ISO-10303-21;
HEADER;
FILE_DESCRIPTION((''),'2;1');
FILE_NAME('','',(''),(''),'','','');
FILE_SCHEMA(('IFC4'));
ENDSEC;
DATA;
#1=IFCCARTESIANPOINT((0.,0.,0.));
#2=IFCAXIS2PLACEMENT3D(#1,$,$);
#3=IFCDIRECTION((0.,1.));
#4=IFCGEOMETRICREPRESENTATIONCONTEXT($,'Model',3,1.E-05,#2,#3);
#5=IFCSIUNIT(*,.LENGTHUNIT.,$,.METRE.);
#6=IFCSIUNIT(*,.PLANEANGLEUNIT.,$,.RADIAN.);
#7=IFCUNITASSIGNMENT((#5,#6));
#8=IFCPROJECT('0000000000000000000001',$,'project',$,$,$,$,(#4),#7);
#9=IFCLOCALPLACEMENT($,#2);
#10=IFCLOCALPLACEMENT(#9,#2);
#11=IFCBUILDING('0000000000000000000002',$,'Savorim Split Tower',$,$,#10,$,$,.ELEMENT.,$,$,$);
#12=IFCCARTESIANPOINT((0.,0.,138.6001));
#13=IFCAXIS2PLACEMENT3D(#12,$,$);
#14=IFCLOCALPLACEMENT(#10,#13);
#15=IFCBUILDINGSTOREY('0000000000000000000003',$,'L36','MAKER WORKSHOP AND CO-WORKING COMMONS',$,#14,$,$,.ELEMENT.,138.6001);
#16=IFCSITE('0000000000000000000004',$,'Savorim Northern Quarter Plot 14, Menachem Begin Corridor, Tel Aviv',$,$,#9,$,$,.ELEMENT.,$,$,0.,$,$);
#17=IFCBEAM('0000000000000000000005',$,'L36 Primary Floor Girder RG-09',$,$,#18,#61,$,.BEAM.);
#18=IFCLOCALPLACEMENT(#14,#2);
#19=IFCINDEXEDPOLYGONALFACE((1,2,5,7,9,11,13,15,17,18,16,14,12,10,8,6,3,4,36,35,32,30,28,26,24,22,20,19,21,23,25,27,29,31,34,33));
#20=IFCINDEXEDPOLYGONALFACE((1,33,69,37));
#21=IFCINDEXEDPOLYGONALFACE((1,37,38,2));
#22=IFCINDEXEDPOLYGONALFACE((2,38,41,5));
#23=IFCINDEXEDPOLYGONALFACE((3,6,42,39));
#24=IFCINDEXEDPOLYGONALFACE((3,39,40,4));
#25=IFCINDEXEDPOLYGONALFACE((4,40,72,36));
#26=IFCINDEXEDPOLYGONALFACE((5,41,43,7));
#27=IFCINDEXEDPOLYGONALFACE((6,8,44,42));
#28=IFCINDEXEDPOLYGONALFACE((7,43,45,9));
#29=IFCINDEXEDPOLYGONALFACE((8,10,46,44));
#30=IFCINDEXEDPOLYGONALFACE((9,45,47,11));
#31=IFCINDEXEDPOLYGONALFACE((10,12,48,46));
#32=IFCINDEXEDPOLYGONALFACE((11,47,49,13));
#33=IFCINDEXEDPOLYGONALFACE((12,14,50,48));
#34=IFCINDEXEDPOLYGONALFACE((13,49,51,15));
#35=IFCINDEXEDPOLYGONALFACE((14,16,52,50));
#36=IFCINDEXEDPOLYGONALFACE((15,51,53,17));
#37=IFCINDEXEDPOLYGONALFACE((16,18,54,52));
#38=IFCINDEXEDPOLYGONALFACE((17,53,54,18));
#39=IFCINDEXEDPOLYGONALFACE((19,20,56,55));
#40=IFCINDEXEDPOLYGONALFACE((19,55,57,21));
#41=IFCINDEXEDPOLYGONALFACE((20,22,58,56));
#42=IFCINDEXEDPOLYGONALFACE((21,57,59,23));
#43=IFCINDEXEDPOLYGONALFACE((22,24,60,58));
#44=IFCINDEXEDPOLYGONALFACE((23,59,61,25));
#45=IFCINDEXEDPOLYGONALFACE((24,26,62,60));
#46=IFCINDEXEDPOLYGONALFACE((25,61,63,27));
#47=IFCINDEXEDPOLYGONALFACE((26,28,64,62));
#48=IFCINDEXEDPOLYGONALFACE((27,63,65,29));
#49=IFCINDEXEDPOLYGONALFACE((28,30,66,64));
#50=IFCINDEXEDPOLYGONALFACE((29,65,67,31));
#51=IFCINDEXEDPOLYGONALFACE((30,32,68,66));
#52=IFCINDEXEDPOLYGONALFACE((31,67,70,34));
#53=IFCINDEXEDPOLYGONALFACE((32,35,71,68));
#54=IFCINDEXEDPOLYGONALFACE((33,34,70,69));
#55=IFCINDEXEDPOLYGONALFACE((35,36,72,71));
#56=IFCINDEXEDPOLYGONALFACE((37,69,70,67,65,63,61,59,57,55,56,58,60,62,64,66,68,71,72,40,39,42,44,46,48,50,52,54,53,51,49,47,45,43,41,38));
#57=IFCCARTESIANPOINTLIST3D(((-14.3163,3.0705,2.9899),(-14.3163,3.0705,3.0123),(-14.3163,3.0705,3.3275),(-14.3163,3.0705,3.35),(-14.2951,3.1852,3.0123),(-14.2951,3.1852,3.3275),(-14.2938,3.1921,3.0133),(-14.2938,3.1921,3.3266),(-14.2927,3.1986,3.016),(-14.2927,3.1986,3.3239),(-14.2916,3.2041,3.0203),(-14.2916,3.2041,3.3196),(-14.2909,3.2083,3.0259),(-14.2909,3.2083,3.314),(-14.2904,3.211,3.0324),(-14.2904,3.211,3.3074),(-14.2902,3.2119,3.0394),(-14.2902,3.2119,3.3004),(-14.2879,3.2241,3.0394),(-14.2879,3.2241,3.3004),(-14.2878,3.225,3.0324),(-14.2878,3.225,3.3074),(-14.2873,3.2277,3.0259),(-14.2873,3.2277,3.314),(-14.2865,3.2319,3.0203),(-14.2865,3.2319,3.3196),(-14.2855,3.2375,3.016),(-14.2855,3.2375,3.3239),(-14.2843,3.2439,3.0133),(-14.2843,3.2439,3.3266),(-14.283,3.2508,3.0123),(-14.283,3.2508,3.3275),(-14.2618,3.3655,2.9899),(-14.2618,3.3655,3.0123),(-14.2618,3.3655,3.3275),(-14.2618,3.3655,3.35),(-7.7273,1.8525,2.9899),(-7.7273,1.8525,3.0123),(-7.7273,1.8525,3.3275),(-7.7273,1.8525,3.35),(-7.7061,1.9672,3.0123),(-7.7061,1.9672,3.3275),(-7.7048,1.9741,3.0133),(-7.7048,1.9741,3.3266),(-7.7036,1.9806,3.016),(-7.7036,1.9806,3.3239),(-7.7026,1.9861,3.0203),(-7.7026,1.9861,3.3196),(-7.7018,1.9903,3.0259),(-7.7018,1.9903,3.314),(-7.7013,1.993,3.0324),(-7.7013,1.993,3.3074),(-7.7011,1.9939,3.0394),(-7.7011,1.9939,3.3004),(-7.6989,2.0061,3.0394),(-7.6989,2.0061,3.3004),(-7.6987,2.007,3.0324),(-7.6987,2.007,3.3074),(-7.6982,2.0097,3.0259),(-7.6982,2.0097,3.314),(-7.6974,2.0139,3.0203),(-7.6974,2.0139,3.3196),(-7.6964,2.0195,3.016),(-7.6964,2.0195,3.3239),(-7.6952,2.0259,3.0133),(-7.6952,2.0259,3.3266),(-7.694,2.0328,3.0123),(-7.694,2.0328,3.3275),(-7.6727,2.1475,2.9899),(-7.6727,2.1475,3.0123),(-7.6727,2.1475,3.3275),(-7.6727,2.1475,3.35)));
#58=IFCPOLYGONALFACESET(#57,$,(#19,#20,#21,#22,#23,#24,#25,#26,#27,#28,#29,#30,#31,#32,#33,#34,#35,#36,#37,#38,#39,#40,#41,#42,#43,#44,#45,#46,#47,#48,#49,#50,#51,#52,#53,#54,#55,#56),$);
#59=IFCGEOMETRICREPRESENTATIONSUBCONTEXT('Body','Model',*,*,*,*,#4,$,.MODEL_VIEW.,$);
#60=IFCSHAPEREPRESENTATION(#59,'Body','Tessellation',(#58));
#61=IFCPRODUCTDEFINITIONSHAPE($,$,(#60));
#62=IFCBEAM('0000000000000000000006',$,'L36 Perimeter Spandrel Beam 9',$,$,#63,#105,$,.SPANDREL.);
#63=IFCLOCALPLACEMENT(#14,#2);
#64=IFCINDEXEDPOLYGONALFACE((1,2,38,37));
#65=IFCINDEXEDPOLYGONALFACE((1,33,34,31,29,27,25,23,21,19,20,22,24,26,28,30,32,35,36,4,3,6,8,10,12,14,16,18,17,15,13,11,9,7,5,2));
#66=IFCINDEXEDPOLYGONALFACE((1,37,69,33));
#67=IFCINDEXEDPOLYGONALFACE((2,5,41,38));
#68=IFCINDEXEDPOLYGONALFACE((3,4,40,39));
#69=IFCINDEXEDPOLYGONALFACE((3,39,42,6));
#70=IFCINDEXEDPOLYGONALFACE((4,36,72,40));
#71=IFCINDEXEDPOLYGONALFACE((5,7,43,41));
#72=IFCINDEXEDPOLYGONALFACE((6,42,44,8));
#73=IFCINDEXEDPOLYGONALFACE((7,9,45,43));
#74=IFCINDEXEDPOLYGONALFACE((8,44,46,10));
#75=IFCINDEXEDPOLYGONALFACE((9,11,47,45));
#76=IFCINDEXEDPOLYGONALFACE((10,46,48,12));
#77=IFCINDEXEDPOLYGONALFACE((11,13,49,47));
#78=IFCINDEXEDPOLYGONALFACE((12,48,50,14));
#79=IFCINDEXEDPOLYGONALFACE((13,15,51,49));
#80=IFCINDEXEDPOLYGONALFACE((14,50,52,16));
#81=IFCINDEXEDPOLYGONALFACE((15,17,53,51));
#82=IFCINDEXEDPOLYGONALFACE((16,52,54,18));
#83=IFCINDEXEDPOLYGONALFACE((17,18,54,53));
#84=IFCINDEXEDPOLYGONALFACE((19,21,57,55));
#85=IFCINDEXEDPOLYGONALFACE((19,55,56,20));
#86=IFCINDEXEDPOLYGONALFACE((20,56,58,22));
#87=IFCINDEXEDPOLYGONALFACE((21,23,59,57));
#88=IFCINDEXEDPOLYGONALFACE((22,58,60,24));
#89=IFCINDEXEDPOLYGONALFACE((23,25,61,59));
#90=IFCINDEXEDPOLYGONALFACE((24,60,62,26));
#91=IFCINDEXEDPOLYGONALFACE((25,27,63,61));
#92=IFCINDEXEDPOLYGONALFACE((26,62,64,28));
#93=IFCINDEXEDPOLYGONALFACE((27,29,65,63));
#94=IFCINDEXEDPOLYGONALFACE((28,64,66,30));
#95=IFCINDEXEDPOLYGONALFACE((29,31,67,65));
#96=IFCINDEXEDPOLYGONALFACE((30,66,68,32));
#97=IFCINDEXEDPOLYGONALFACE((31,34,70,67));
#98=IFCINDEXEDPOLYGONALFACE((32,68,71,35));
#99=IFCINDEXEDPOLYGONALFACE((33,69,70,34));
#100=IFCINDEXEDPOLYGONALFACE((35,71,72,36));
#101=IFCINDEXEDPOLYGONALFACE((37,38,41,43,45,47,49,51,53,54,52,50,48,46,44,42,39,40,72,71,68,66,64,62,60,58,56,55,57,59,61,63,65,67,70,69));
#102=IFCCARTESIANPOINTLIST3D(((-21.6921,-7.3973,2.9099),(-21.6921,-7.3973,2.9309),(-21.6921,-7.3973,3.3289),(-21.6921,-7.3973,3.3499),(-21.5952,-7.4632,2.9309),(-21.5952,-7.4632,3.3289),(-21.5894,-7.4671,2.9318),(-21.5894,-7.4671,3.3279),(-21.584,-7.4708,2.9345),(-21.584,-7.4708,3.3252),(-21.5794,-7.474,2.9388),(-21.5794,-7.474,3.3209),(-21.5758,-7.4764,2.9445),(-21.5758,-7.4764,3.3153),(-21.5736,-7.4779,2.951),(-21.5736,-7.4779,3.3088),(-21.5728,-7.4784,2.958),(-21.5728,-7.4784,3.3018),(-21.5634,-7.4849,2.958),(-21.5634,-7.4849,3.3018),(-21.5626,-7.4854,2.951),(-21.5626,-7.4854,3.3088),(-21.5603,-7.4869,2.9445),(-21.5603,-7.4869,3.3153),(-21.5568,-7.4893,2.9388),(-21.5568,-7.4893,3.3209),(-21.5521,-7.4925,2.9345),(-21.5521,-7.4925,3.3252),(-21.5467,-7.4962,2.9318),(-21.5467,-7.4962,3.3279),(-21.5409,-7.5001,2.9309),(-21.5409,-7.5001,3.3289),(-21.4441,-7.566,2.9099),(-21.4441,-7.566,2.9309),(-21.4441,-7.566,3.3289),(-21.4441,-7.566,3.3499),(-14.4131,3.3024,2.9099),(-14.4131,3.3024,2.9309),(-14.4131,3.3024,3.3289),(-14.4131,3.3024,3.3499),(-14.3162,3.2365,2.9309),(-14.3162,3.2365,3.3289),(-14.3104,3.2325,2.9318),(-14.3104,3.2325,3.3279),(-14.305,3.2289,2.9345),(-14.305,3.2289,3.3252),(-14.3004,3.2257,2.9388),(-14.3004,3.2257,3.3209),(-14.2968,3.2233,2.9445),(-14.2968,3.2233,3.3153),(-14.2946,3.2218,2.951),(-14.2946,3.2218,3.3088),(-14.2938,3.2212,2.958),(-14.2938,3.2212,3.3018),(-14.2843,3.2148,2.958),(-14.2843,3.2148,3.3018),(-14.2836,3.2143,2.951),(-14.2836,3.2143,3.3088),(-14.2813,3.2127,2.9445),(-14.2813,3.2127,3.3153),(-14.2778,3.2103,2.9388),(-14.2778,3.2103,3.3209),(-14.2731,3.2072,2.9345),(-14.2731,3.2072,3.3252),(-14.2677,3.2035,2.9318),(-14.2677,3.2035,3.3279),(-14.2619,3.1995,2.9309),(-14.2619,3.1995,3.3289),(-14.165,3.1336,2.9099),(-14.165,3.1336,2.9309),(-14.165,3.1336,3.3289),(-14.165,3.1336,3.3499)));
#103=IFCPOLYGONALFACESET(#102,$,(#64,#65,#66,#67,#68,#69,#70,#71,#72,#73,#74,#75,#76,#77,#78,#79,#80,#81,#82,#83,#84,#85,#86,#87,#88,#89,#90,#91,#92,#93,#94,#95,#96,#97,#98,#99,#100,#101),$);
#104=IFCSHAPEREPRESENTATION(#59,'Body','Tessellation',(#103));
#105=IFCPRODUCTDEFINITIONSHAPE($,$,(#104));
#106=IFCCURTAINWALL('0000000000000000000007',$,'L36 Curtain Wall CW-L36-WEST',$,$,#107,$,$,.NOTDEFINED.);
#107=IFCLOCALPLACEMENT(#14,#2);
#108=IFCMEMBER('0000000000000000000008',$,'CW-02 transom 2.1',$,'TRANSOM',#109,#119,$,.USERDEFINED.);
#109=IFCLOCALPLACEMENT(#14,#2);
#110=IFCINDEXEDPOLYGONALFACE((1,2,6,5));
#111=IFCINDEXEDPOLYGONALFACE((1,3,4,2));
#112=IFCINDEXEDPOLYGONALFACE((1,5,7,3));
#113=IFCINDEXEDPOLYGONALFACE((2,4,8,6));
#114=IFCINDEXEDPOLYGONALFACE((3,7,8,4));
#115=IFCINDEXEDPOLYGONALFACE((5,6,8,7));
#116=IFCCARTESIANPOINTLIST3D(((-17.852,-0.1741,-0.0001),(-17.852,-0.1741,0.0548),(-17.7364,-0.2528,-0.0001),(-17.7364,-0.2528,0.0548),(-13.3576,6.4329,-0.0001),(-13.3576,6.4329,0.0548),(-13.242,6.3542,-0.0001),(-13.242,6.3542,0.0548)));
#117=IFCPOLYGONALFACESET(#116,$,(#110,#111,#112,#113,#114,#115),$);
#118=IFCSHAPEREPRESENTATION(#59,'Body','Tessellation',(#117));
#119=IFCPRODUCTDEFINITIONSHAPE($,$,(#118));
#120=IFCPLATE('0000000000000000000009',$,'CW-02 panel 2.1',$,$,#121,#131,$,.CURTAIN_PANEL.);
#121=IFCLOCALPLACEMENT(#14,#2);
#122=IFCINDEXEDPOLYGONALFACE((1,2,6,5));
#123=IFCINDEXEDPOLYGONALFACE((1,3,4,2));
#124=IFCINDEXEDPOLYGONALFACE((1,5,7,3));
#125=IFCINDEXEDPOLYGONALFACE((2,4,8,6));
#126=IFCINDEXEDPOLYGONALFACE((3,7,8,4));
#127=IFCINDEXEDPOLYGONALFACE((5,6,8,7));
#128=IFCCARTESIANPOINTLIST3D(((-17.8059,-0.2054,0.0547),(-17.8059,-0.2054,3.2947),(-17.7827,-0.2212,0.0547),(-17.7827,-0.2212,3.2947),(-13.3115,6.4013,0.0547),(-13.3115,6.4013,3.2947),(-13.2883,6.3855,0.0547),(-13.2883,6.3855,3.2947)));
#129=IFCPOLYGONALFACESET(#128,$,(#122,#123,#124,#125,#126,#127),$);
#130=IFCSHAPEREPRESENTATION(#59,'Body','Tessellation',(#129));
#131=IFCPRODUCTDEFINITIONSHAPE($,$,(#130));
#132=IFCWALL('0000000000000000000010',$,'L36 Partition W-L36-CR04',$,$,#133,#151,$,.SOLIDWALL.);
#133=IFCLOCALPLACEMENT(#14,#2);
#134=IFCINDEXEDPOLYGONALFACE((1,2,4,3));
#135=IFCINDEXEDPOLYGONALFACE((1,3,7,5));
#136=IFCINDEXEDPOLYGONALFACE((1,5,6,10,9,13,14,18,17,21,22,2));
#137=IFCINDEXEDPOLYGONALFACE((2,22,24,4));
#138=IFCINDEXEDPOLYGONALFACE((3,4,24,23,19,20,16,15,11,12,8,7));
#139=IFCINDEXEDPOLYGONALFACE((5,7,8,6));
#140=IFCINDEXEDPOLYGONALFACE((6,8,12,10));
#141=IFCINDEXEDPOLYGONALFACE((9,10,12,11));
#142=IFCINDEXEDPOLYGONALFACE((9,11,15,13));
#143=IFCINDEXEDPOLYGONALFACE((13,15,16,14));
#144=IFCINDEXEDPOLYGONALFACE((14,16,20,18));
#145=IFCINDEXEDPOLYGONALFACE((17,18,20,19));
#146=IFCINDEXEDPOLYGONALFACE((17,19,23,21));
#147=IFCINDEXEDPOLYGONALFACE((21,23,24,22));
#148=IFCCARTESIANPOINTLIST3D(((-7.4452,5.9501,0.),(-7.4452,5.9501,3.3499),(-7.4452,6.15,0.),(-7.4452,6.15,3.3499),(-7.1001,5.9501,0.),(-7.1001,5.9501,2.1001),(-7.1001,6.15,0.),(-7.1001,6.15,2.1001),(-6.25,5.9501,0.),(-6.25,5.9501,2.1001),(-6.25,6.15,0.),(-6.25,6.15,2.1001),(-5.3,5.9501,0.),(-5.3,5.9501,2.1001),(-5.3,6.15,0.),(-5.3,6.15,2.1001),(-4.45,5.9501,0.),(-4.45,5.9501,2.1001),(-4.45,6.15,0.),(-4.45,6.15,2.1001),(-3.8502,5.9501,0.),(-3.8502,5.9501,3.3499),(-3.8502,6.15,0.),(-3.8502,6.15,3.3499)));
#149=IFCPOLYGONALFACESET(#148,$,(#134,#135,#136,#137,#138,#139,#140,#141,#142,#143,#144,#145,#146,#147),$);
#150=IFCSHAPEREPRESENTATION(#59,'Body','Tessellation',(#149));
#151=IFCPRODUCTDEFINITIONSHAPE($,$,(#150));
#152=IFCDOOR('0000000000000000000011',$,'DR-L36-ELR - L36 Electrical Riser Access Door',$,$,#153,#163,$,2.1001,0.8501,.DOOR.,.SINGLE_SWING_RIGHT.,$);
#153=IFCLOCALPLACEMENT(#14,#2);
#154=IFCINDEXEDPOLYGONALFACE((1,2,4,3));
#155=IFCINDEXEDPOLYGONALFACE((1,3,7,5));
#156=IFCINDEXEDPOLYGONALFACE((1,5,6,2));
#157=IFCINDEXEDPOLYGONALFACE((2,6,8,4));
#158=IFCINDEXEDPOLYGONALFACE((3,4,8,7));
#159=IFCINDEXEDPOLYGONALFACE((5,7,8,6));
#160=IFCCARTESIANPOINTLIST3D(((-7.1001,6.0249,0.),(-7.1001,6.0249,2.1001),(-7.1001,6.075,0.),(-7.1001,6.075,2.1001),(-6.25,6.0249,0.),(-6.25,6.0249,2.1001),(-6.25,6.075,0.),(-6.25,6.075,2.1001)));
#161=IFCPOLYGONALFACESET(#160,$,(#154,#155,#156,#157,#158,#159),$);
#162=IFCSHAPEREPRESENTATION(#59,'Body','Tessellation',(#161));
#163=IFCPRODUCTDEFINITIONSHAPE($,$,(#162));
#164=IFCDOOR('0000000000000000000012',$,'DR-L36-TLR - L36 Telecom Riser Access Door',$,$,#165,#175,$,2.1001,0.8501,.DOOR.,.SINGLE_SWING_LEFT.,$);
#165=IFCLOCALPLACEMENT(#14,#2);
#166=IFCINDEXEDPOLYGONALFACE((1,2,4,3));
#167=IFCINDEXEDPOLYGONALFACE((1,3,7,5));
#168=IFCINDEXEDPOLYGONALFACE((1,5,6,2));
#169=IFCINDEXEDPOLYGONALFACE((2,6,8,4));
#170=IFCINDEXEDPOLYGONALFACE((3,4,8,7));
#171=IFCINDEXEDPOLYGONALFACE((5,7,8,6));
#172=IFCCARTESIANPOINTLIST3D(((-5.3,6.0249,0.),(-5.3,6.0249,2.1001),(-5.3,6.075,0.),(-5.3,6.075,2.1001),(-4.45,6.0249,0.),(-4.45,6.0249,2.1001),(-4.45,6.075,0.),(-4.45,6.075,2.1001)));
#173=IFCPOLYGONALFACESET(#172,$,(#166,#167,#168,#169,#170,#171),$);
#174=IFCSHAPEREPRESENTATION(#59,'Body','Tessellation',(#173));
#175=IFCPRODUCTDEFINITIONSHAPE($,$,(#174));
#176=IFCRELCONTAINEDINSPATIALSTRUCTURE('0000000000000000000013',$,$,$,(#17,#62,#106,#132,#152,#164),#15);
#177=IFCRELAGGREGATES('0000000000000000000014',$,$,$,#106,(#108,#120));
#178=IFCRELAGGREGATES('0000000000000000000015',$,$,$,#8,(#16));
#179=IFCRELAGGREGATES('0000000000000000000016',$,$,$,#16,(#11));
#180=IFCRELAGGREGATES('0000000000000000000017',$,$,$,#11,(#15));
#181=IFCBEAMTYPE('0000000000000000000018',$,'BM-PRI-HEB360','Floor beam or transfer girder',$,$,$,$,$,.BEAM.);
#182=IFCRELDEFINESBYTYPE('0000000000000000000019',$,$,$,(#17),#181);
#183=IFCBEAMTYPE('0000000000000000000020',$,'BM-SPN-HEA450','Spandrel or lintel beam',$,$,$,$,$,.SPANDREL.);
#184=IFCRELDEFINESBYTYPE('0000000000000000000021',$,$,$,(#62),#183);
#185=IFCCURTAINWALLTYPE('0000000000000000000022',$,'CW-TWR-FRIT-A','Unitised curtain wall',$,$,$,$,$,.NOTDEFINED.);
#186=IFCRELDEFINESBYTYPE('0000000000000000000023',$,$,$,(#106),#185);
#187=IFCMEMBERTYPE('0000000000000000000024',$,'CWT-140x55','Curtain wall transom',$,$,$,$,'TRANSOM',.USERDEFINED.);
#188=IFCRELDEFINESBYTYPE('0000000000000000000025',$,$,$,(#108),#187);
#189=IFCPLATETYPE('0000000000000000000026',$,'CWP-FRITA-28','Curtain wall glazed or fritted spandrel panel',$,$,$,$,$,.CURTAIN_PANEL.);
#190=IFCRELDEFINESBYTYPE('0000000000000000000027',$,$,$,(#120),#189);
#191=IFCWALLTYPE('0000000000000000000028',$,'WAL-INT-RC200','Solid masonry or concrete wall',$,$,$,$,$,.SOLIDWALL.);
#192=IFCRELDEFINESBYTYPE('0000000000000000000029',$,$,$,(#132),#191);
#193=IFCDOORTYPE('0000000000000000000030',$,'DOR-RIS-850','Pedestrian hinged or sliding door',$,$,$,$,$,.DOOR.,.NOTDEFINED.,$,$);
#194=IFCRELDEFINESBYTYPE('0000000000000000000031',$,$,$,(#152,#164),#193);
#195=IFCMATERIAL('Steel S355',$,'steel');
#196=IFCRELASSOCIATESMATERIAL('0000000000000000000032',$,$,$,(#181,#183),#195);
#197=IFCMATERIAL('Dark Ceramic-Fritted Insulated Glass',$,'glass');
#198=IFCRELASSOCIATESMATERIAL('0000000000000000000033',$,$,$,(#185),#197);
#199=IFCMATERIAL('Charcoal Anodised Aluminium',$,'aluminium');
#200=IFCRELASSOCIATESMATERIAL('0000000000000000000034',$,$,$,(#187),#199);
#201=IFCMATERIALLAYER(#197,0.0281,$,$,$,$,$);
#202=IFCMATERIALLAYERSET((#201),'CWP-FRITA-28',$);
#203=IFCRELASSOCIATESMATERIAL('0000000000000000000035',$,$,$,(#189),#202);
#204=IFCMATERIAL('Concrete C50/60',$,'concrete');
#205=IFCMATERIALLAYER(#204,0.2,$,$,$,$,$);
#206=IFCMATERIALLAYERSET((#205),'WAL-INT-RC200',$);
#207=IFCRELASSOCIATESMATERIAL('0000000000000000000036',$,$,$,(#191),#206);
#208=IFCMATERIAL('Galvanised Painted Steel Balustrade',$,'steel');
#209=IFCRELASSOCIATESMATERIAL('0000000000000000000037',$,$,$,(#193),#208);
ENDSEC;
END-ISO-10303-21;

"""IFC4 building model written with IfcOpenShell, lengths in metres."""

from ifc_helpers import new_model, si_unit, direction, frame, frame_2d, origin, origin_2d, place, context, subcontext, project, spatial, rectangle, i_section, extrude, material, layer, layer_set, material_profile, profile_set, type_object, element, fill, aggregate, save


model = new_model("IFC4")

# Units and contexts
model_context = context("Model", 3, precision=1e-05, world=origin(), true_north=direction((0.0, 1.0)))
body_context = subcontext(model_context, "Body", "Model", "MODEL_VIEW")
ifc_project = project(units=[si_unit("LENGTHUNIT", "METRE"), si_unit("PLANEANGLEUNIT", "RADIAN")], contexts=[model_context])

# Site, building, storey
site_placement = place(None, origin())
site = spatial("IfcSite", under=ifc_project, at=site_placement, Name="Savorim Northern Quarter Plot 14, Menachem Begin Corridor, Tel Aviv", CompositionType="ELEMENT", RefElevation=0.0)
building_placement = place(site_placement, origin())
building = spatial("IfcBuilding", under=site, at=building_placement, Name="Savorim Split Tower", CompositionType="ELEMENT")
storey_placement = place(building_placement, frame((0.0, 0.0, 138.6001)))
storey = spatial("IfcBuildingStorey", under=building, at=storey_placement, Name="L36", Description="MAKER WORKSHOP AND CO-WORKING COMMONS", CompositionType="ELEMENT", Elevation=138.6001)

# Beams
ifc_material_1 = material(Name="Steel S355", Category="steel")
ifc_material_profile_1 = material_profile(ifc_material_1, i_section(OverallWidth=0.3, OverallDepth=0.3601, WebThickness=0.0125, FlangeThickness=0.0225, FilletRadius=0.0271, at=origin_2d()), Name="HEB 360")
ifc_profile_set_1 = profile_set([ifc_material_profile_1], Name="Steel S355")
beam_type_1 = type_object("IfcBeamType", Name="BM-PRI-HEB360", Description="Floor beam or transfer girder", PredefinedType="BEAM", material=ifc_profile_set_1)
beam_1_placement = place(storey_placement, frame((-14.2891, 3.218, 3.1699), z_axis=(0.98334, -0.181774, 0.0), x_axis=(0.181774, 0.98334, 0.0)))
element("IfcBeam", 1, at=beam_1_placement, inside=storey, type_object=beam_type_1, Name="L36 Primary Floor Girder RG-09", PredefinedType="BEAM", context=body_context, shape_type="SweptSolid", body=[
    extrude(i_section(OverallWidth=0.3, OverallDepth=0.3601, WebThickness=0.0125, FlangeThickness=0.0225, FilletRadius=0.0271, at=origin_2d()), origin(), (0.0, 0.0, 1.0), 6.7007),
])
ifc_material_profile_2 = material_profile(ifc_material_1, i_section(OverallWidth=0.3, OverallDepth=0.4399, WebThickness=0.0115, FlangeThickness=0.021, FilletRadius=0.0271, at=origin_2d()), Name="HEA 450")
ifc_profile_set_2 = profile_set([ifc_material_profile_2], Name="Steel S355")
beam_type_2 = type_object("IfcBeamType", Name="BM-SPN-HEA450", Description="Spandrel or lintel beam", PredefinedType="SPANDREL", material=ifc_profile_set_2)
beam_2_placement = place(storey_placement, frame((-14.2891, 3.218, 3.1299), z_axis=(-0.562482, -0.82681, 0.0), x_axis=(0.82681, -0.562482, 0.0)))
element("IfcBeam", 2, at=beam_2_placement, inside=storey, type_object=beam_type_2, Name="L36 Perimeter Spandrel Beam 9", PredefinedType="SPANDREL", context=body_context, shape_type="SweptSolid", body=[
    extrude(i_section(OverallWidth=0.3, OverallDepth=0.4399, WebThickness=0.0115, FlangeThickness=0.021, FilletRadius=0.0271, at=origin_2d()), origin(), (0.0, 0.0, 1.0), 12.9409),
])

# Curtain wall, member, plate
ifc_material_2 = material(Name="Dark Ceramic-Fritted Insulated Glass", Category="glass")
curtain_wall_type = type_object("IfcCurtainWallType", Name="CW-TWR-FRIT-A", Description="Unitised curtain wall", PredefinedType="NOTDEFINED", material=ifc_material_2)
curtain_wall_placement = place(storey_placement, origin())
curtain_wall = element("IfcCurtainWall", 3, at=curtain_wall_placement, inside=storey, type_object=curtain_wall_type, Name="L36 Curtain Wall CW-L36-WEST", PredefinedType="NOTDEFINED")
ifc_material_3 = material(Name="Charcoal Anodised Aluminium", Category="aluminium")
ifc_material_profile_3 = material_profile(ifc_material_3, rectangle(XDim=0.1399, YDim=0.0549, at=origin_2d()), Name="ALU-T 140x55")
ifc_profile_set_3 = profile_set([ifc_material_profile_3], Name="Charcoal Anodised Aluminium")
member_type = type_object("IfcMemberType", Name="CWT-140x55", Description="Curtain wall transom", ElementType="TRANSOM", PredefinedType="USERDEFINED", material=ifc_profile_set_3)
member_placement = place(storey_placement, frame((-13.2998, 6.3936, 0.0273), z_axis=(-0.562453, -0.826829, 0.0), x_axis=(0.826829, -0.562453, 0.0)))
member = element("IfcMember", 4, at=member_placement, type_object=member_type, Name="CW-02 transom 2.1", ObjectType="TRANSOM", PredefinedType="USERDEFINED", context=body_context, shape_type="SweptSolid", body=[
    extrude(rectangle(XDim=0.1399, YDim=0.0549, at=origin_2d()), origin(), (0.0, 0.0, 1.0), 7.9907),
])
ifc_layer_1 = layer(ifc_material_2, 0.0281)
ifc_layer_set_1 = layer_set([ifc_layer_1], Name="CWP-FRITA-28")
plate_type = type_object("IfcPlateType", Name="CWP-FRITA-28", Description="Curtain wall glazed or fritted spandrel panel", PredefinedType="CURTAIN_PANEL", material=ifc_layer_set_1)
plate_placement = place(storey_placement, frame((-15.5471, 3.0901, 0.0547), z_axis=(0.0, 0.0, 1.0), x_axis=(-0.562466, -0.82682, 0.0)))
plate = element("IfcPlate", 5, at=plate_placement, type_object=plate_type, Name="CW-02 panel 2.1", PredefinedType="CURTAIN_PANEL", context=body_context, shape_type="SweptSolid", body=[
    extrude(rectangle(XDim=7.9905, YDim=0.0281, at=origin_2d()), origin(), (0.0, 0.0, 1.0), 3.24),
])
aggregate(curtain_wall, [member, plate])

# Wall, openings, doors
ifc_material_4 = material(Name="Concrete C50/60", Category="concrete")
ifc_layer_2 = layer(ifc_material_4, 0.2)
ifc_layer_set_2 = layer_set([ifc_layer_2], Name="WAL-INT-RC200")
wall_type_1 = type_object("IfcWallType", Name="WAL-INT-RC200", Description="Solid masonry or concrete wall", PredefinedType="SOLIDWALL", material=ifc_layer_set_2)
wall_1_placement = place(storey_placement, frame((-7.4451, 6.05, 0.0), z_axis=(0.0, 0.0, 1.0), x_axis=(1.0, 0.0, 0.0)))
wall_1 = element("IfcWall", 6, at=wall_1_placement, inside=storey, type_object=wall_type_1, Name="L36 Partition W-L36-CR04", PredefinedType="SOLIDWALL", context=body_context, shape_type="SweptSolid", body=[
    extrude(rectangle(XDim=3.595, YDim=0.2, at=frame_2d((1.7974, 0.0))), origin(), (0.0, 0.0, 1.0), 3.3499),
])
opening_1_placement = place(wall_1_placement, frame((0.345, 0.0, 0.0)))
opening_1 = element("IfcOpeningElement", 7, at=opening_1_placement, cuts=wall_1, PredefinedType="OPENING", context=body_context, shape_type="SweptSolid", body=[
    extrude(rectangle(XDim=0.8501, YDim=2.1001, at=frame_2d((0.425, 1.05))), frame((0.0, 0.1099, 0.0), z_axis=(0.0, -1.0, 0.0), x_axis=(1.0, 0.0, 0.0)), (0.0, 0.0, 1.0), 0.22),
])
opening_2_placement = place(wall_1_placement, frame((2.145, 0.0, 0.0)))
opening_2 = element("IfcOpeningElement", 8, at=opening_2_placement, cuts=wall_1, PredefinedType="OPENING", context=body_context, shape_type="SweptSolid", body=[
    extrude(rectangle(XDim=0.8501, YDim=2.1001, at=frame_2d((0.425, 1.05))), frame((0.0, 0.1099, 0.0), z_axis=(0.0, -1.0, 0.0), x_axis=(1.0, 0.0, 0.0)), (0.0, 0.0, 1.0), 0.22),
])
ifc_material_5 = material(Name="Galvanised Painted Steel Balustrade", Category="steel")
door_type = type_object("IfcDoorType", Name="DOR-RIS-850", Description="Pedestrian hinged or sliding door", OperationType="NOTDEFINED", PredefinedType="DOOR", material=ifc_material_5)
door_1_placement = place(opening_1_placement, origin())
door_1 = element("IfcDoor", 9, at=door_1_placement, inside=storey, type_object=door_type, Name="DR-L36-ELR - L36 Electrical Riser Access Door", OperationType="SINGLE_SWING_RIGHT", OverallHeight=2.1001, OverallWidth=0.8501, PredefinedType="DOOR", context=body_context, shape_type="SweptSolid", body=[
    extrude(rectangle(XDim=0.8501, YDim=2.1001, at=frame_2d((0.425, 1.05))), frame((0.0, 0.0249, 0.0), z_axis=(0.0, -1.0, 0.0), x_axis=(1.0, 0.0, 0.0)), (0.0, 0.0, 1.0), 0.05),
])
fill(opening_1, door_1)
door_2_placement = place(opening_2_placement, origin())
door_2 = element("IfcDoor", 10, at=door_2_placement, inside=storey, type_object=door_type, Name="DR-L36-TLR - L36 Telecom Riser Access Door", OperationType="SINGLE_SWING_LEFT", OverallHeight=2.1001, OverallWidth=0.8501, PredefinedType="DOOR", context=body_context, shape_type="SweptSolid", body=[
    extrude(rectangle(XDim=0.8501, YDim=2.1001, at=frame_2d((0.425, 1.05))), frame((0.0, 0.0249, 0.0), z_axis=(0.0, -1.0, 0.0), x_axis=(1.0, 0.0, 0.0)), (0.0, 0.0, 1.0), 0.05),
])
fill(opening_2, door_2)

save(model, "model.ifc")
